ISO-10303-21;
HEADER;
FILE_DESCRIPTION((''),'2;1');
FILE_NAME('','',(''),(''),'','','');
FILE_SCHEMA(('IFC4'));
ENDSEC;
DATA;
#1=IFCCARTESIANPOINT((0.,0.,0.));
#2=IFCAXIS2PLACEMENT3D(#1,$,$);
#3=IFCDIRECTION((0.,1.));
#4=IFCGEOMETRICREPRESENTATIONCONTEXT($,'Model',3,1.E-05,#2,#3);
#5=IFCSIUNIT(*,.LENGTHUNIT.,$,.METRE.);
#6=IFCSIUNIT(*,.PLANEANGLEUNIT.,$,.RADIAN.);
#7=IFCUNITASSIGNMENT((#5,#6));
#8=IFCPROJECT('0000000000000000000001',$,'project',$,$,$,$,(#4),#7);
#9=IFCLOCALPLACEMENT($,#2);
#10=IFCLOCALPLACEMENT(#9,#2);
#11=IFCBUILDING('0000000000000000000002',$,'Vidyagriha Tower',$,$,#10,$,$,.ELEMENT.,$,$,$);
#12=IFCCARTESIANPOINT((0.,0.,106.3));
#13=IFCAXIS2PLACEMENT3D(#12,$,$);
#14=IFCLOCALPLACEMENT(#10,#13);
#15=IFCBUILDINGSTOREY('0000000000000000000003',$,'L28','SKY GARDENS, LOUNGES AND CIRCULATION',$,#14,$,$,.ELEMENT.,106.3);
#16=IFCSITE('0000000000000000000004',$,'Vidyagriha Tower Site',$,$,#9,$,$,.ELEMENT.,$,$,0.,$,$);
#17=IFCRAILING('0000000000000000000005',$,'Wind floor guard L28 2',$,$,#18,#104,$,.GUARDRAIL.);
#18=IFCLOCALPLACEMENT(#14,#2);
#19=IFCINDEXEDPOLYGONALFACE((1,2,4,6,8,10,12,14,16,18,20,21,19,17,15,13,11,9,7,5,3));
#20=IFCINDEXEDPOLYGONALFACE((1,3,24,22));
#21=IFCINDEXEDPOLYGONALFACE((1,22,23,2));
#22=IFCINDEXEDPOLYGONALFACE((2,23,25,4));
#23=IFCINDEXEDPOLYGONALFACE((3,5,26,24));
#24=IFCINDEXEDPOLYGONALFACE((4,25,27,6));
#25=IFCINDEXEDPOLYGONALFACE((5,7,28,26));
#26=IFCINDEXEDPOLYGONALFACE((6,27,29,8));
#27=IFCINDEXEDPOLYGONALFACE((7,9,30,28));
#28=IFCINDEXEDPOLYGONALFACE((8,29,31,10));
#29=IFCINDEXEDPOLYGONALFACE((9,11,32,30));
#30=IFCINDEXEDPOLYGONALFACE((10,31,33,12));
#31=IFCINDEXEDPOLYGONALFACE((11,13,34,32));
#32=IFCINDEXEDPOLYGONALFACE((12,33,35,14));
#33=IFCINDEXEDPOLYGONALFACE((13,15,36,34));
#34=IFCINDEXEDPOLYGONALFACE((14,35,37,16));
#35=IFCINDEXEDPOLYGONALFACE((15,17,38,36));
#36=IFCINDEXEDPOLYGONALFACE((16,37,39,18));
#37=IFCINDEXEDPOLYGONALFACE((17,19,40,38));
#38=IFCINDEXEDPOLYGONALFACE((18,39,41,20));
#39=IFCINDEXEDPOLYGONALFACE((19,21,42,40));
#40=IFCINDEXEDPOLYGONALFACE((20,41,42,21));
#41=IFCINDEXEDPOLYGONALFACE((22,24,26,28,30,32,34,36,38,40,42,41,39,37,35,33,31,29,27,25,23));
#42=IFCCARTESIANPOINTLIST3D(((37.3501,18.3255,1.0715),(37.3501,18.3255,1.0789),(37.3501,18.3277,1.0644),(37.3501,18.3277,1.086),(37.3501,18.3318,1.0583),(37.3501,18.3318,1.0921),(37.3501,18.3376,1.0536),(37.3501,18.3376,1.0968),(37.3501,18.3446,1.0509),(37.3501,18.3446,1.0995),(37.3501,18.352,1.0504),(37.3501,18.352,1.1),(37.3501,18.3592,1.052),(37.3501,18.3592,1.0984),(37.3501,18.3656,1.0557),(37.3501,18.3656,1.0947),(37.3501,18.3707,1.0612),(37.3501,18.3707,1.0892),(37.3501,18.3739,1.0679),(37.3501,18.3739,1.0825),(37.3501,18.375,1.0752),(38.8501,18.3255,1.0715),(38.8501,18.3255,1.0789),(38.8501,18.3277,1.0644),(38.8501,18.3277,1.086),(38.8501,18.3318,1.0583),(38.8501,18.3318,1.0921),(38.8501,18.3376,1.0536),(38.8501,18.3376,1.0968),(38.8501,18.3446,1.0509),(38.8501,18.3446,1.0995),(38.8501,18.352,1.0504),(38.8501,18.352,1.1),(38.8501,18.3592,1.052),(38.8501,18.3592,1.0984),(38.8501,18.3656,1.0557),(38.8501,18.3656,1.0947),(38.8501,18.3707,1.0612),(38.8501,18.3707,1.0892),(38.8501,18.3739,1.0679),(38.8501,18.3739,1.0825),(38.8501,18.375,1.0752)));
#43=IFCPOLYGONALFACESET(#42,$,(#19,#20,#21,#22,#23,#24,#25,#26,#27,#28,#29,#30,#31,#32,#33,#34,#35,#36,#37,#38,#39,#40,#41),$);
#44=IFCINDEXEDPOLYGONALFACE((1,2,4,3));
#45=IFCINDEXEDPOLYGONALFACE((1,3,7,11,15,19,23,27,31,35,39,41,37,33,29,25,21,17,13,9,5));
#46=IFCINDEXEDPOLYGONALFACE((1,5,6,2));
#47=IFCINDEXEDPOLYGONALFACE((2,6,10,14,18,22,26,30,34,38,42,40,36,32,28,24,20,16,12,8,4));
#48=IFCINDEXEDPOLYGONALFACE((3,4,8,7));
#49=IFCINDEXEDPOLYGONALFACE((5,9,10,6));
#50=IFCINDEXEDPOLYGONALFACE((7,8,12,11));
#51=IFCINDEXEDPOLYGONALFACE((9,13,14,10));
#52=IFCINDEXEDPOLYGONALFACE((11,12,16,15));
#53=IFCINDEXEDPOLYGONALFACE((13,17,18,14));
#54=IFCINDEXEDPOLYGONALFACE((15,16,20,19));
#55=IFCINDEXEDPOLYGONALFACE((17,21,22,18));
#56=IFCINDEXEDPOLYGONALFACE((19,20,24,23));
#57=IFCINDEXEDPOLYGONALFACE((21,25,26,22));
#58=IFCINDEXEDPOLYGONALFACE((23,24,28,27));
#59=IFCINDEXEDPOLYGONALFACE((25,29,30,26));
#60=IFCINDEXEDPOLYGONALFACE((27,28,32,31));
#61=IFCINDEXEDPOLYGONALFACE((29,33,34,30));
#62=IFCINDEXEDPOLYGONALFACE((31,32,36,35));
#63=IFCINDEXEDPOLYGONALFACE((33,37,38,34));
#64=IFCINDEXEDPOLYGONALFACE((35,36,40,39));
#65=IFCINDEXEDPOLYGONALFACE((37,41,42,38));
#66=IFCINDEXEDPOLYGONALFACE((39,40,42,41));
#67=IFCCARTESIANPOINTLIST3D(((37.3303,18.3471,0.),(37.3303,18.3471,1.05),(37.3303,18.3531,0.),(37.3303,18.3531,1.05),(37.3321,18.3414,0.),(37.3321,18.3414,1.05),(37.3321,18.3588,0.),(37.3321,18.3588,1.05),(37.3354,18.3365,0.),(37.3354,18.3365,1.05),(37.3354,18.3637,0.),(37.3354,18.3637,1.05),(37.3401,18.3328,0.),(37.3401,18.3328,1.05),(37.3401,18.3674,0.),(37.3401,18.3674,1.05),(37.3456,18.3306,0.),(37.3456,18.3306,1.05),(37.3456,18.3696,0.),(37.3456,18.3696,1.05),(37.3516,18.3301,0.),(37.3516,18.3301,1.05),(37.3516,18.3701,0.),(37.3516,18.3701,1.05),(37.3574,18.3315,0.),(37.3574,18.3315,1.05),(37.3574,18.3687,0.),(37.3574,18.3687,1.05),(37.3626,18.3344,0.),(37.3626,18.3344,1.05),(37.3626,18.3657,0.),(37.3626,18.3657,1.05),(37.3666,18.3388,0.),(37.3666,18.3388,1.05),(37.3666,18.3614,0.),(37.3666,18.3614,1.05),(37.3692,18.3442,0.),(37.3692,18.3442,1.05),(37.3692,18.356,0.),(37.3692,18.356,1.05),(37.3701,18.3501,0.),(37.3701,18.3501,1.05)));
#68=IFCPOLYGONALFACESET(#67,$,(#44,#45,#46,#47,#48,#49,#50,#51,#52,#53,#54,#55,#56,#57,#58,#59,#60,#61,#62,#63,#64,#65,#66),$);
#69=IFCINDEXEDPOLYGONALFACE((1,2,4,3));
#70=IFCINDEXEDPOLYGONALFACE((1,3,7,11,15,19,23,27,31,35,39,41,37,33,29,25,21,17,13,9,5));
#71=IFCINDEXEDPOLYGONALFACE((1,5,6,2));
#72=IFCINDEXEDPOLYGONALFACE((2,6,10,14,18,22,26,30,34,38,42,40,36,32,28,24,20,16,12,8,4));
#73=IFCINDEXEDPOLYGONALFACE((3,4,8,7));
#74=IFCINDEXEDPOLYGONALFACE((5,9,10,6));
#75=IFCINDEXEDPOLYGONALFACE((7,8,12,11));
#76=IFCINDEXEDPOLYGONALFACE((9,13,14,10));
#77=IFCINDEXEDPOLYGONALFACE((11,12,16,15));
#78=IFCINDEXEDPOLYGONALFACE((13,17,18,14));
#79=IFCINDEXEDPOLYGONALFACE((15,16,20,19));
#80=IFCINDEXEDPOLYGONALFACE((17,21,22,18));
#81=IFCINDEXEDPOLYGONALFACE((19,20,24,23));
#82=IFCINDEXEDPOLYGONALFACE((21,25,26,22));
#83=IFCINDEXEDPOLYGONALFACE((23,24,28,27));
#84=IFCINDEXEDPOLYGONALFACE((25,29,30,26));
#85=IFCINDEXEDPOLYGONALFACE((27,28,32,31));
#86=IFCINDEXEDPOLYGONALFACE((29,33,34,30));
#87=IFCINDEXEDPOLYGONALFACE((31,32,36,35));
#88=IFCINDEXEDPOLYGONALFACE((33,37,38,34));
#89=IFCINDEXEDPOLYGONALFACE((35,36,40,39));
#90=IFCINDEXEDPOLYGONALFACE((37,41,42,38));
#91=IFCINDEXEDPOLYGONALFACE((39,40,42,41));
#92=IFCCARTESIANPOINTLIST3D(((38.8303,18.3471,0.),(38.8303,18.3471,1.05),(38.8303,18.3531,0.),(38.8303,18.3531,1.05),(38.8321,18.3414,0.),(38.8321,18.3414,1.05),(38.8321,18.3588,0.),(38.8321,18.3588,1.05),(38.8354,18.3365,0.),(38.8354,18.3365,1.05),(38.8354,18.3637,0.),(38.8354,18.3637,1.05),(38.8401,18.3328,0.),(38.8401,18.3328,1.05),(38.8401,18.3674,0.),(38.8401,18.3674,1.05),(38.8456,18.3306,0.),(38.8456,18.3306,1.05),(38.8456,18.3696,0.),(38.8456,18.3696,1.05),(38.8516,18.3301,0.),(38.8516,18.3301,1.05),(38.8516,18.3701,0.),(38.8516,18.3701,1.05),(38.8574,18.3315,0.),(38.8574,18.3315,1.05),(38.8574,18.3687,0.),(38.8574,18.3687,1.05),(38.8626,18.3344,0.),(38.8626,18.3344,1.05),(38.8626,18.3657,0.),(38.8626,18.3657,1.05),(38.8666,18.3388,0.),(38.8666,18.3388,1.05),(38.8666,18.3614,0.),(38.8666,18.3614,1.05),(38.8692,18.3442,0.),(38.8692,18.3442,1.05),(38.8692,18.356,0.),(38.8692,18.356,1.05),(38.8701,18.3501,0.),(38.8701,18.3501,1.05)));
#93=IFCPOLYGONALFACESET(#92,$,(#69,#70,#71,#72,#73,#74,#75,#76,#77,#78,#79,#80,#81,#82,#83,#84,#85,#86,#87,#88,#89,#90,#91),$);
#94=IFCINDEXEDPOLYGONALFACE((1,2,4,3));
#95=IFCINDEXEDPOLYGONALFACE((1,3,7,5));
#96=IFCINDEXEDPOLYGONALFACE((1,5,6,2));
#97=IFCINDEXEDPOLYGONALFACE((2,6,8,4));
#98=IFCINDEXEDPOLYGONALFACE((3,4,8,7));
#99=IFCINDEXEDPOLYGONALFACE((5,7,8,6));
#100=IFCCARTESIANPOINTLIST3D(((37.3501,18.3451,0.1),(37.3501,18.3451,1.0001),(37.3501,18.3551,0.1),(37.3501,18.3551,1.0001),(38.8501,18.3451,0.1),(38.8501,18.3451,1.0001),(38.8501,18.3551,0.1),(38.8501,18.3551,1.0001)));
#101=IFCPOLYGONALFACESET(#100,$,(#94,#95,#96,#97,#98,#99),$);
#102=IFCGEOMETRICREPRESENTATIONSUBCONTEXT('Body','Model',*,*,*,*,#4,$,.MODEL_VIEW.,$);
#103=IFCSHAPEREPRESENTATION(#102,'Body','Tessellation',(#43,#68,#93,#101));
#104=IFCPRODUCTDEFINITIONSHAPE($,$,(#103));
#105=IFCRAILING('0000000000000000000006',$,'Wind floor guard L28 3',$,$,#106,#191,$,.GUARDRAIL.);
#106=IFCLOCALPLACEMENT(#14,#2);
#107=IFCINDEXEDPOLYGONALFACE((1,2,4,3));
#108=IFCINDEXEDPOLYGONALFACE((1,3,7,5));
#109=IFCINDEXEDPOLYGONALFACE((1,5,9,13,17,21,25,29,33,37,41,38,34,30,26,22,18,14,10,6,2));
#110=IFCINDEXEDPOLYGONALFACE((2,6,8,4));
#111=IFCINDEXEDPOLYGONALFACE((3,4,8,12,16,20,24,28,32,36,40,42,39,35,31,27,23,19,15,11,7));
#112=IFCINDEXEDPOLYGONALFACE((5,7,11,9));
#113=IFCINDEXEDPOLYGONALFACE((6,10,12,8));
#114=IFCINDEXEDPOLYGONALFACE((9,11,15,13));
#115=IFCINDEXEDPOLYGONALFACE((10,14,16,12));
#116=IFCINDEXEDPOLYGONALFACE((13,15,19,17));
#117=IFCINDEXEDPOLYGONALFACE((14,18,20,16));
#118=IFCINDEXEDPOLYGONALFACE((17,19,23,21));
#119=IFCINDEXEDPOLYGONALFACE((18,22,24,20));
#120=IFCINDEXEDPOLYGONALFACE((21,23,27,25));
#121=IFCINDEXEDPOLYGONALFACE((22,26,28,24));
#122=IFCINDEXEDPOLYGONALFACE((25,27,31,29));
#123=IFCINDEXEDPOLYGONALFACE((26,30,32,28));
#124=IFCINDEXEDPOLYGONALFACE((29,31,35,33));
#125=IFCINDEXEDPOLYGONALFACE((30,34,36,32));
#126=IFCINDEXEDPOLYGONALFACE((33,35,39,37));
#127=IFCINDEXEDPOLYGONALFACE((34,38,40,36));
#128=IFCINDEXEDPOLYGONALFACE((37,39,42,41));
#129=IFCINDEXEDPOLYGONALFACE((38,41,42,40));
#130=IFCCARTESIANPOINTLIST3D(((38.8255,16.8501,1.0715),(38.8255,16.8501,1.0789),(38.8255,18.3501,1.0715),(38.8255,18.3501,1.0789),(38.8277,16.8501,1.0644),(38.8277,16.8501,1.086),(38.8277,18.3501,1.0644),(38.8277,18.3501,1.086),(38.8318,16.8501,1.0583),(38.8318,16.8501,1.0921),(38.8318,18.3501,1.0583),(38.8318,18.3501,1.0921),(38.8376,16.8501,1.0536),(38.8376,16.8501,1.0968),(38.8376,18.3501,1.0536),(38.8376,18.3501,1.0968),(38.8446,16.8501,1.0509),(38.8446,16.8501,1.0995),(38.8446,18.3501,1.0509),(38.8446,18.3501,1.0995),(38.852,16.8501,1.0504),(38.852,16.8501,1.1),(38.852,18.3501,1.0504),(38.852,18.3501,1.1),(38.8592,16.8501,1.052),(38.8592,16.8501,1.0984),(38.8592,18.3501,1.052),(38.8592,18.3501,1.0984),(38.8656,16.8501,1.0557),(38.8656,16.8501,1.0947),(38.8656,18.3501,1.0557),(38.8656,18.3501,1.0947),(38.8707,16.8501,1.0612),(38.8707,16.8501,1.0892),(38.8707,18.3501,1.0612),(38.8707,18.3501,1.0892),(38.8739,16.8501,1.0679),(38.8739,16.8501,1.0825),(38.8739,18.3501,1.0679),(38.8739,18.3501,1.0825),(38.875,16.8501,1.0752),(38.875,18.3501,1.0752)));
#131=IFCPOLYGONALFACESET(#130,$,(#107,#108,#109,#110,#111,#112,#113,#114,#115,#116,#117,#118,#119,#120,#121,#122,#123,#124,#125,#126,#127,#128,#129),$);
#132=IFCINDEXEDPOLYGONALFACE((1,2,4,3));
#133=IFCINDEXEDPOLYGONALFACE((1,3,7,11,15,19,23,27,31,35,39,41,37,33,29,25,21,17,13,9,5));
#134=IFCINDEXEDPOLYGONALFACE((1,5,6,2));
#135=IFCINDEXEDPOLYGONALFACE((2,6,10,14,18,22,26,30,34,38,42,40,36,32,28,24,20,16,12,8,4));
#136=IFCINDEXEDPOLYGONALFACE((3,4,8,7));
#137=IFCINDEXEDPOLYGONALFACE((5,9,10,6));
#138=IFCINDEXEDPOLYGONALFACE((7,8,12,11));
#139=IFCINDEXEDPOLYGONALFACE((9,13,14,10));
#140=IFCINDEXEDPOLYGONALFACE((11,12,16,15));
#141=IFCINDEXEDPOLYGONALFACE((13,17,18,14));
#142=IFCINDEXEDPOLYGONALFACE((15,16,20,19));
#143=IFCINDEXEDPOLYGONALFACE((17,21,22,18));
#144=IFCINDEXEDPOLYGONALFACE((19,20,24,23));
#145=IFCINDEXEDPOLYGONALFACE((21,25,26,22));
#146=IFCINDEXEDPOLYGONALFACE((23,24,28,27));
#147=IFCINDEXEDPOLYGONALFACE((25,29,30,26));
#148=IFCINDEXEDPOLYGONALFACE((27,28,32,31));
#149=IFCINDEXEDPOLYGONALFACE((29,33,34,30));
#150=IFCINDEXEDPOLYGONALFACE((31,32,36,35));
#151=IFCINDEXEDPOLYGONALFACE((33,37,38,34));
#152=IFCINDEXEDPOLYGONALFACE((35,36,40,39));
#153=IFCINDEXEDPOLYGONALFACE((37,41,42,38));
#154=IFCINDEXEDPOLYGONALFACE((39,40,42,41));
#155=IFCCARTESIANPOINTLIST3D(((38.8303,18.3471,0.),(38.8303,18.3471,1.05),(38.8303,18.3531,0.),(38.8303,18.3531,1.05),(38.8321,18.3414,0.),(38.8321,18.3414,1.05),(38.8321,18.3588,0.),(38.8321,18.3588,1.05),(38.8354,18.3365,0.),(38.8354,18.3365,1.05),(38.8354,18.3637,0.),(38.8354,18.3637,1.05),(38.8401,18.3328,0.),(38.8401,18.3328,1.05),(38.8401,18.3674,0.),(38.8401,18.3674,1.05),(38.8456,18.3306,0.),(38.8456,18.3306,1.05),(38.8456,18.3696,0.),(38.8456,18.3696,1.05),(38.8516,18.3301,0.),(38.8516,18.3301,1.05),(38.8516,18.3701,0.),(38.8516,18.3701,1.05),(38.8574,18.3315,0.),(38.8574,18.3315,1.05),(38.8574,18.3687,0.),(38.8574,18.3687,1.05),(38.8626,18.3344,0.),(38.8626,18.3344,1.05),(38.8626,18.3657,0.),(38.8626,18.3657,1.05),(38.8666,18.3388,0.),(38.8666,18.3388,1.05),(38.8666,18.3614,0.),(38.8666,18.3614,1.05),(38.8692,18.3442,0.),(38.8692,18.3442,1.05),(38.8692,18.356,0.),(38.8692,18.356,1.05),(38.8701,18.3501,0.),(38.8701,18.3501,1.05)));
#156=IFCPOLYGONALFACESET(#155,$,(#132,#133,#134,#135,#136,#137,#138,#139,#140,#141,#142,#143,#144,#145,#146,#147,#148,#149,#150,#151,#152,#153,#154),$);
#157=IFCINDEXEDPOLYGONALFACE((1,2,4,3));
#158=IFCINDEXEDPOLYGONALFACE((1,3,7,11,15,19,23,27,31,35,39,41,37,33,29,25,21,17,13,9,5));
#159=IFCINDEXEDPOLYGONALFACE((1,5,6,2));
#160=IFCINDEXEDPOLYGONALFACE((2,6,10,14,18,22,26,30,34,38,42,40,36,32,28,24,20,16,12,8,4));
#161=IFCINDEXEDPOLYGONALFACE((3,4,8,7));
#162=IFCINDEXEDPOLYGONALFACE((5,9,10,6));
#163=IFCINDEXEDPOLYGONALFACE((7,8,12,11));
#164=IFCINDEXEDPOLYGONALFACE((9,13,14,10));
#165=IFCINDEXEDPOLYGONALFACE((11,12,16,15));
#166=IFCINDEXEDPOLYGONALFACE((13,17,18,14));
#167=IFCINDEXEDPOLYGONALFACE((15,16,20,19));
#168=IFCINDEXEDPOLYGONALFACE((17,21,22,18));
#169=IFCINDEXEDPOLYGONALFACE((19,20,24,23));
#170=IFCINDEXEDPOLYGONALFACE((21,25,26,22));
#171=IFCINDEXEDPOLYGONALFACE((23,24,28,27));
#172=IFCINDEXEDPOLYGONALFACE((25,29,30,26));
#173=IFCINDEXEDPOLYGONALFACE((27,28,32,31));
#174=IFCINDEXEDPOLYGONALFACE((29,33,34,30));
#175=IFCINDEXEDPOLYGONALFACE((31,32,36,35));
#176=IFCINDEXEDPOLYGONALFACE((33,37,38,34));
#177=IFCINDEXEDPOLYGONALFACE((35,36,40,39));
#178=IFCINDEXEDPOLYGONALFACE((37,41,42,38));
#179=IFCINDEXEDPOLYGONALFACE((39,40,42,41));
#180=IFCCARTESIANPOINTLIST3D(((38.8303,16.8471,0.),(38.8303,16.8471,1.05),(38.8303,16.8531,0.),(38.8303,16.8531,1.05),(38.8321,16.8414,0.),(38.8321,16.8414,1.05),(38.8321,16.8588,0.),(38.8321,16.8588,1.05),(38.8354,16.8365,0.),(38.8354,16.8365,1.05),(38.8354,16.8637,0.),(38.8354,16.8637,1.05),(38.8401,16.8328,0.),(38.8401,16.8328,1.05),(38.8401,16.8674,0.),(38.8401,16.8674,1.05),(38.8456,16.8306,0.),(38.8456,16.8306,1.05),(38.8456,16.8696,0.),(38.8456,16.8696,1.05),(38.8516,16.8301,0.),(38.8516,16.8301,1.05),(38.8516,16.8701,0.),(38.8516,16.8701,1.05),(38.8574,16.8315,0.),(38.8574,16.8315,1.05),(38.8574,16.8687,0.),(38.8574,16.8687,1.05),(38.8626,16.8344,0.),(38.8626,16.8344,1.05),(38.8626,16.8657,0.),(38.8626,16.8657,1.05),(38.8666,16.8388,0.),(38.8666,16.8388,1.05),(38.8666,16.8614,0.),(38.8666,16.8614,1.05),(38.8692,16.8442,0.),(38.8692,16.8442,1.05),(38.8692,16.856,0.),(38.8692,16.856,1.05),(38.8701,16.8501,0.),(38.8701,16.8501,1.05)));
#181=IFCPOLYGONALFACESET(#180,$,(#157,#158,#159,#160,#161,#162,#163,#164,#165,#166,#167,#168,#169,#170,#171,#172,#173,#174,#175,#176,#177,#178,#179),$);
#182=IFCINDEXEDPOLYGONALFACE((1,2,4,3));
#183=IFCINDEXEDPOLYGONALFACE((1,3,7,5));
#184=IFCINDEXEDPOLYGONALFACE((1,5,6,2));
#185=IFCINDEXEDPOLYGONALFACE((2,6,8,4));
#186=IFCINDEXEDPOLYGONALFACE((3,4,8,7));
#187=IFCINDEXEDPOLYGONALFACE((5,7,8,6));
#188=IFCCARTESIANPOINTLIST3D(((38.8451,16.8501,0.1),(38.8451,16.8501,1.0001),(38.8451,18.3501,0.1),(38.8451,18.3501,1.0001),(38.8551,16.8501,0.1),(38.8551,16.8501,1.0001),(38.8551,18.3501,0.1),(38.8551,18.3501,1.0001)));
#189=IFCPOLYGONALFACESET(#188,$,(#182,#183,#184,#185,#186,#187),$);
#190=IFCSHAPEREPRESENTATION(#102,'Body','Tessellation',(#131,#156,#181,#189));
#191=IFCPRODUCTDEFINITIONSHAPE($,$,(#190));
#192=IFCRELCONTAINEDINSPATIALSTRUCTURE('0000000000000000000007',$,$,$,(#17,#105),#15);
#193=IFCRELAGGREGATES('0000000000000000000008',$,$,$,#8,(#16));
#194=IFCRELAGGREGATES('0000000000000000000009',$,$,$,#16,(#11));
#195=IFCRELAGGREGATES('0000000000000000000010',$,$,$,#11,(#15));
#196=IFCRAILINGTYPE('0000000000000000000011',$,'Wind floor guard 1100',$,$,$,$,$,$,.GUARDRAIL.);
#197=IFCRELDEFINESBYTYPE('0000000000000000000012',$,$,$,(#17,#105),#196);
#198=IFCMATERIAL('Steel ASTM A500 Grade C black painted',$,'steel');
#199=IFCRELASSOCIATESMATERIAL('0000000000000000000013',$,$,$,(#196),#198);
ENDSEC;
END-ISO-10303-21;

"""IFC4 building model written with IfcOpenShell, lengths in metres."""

from ifc_helpers import new_model, si_unit, direction, frame, origin, origin_2d, place, context, subcontext, project, spatial, rectangle, circle, extrude, material, type_object, element, save


model = new_model("IFC4")

# Units and contexts
model_context = context("Model", 3, precision=1e-05, world=origin(), true_north=direction((0.0, 1.0)))
body_context = subcontext(model_context, "Body", "Model", "MODEL_VIEW")
ifc_project = project(units=[si_unit("LENGTHUNIT", "METRE"), si_unit("PLANEANGLEUNIT", "RADIAN")], contexts=[model_context])

# Site, building, storey
site_placement = place(None, origin())
site = spatial("IfcSite", under=ifc_project, at=site_placement, Name="Vidyagriha Tower Site", CompositionType="ELEMENT", RefElevation=0.0)
building_placement = place(site_placement, origin())
building = spatial("IfcBuilding", under=site, at=building_placement, Name="Vidyagriha Tower", CompositionType="ELEMENT")
storey_placement = place(building_placement, frame((0.0, 0.0, 106.3)))
storey = spatial("IfcBuildingStorey", under=building, at=storey_placement, Name="L28", Description="SKY GARDENS, LOUNGES AND CIRCULATION", CompositionType="ELEMENT", Elevation=106.3)

# Railings
ifc_material_1 = material(Name="Steel ASTM A500 Grade C black painted", Category="steel")
railing_type_1 = type_object("IfcRailingType", Name="Wind floor guard 1100", PredefinedType="GUARDRAIL", material=ifc_material_1)
railing_1_placement = place(storey_placement, frame((37.3501, 18.3501, 0.0)))
element("IfcRailing", 1, at=railing_1_placement, inside=storey, type_object=railing_type_1, Name="Wind floor guard L28 2", PredefinedType="GUARDRAIL", context=body_context, shape_type="SweptSolid", body=[
    extrude(circle(Radius=0.0249, at=origin_2d()), frame((0.0, 0.0, 1.0752), z_axis=(1.0, 0.0, 0.0), x_axis=(0.0, 1.0, 0.0)), (0.0, 0.0, 1.0), 1.5),
    extrude(circle(Radius=0.02, at=origin_2d()), origin(), (0.0, 0.0, 1.0), 1.05),
    extrude(circle(Radius=0.02, at=origin_2d()), frame((1.5, 0.0, 0.0)), (0.0, 0.0, 1.0), 1.05),
    extrude(rectangle(XDim=0.01, YDim=0.9001, at=origin_2d()), frame((0.0, 0.0, 0.55), z_axis=(1.0, 0.0, 0.0), x_axis=(0.0, 1.0, 0.0)), (0.0, 0.0, 1.0), 1.5),
])
railing_2_placement = place(storey_placement, frame((38.8501, 18.3501, 0.0)))
element("IfcRailing", 2, at=railing_2_placement, inside=storey, type_object=railing_type_1, Name="Wind floor guard L28 3", PredefinedType="GUARDRAIL", context=body_context, shape_type="SweptSolid", body=[
    extrude(circle(Radius=0.0249, at=origin_2d()), frame((0.0, 0.0, 1.0752), z_axis=(0.0, -1.0, 0.0), x_axis=(1.0, 0.0, 0.0)), (0.0, 0.0, 1.0), 1.5),
    extrude(circle(Radius=0.02, at=origin_2d()), origin(), (0.0, 0.0, 1.0), 1.05),
    extrude(circle(Radius=0.02, at=origin_2d()), frame((0.0, -1.5, 0.0)), (0.0, 0.0, 1.0), 1.05),
    extrude(rectangle(XDim=0.01, YDim=0.9001, at=origin_2d()), frame((0.0, 0.0, 0.55), z_axis=(0.0, -1.0, 0.0), x_axis=(1.0, 0.0, 0.0)), (0.0, 0.0, 1.0), 1.5),
])

save(model, "model.ifc")
